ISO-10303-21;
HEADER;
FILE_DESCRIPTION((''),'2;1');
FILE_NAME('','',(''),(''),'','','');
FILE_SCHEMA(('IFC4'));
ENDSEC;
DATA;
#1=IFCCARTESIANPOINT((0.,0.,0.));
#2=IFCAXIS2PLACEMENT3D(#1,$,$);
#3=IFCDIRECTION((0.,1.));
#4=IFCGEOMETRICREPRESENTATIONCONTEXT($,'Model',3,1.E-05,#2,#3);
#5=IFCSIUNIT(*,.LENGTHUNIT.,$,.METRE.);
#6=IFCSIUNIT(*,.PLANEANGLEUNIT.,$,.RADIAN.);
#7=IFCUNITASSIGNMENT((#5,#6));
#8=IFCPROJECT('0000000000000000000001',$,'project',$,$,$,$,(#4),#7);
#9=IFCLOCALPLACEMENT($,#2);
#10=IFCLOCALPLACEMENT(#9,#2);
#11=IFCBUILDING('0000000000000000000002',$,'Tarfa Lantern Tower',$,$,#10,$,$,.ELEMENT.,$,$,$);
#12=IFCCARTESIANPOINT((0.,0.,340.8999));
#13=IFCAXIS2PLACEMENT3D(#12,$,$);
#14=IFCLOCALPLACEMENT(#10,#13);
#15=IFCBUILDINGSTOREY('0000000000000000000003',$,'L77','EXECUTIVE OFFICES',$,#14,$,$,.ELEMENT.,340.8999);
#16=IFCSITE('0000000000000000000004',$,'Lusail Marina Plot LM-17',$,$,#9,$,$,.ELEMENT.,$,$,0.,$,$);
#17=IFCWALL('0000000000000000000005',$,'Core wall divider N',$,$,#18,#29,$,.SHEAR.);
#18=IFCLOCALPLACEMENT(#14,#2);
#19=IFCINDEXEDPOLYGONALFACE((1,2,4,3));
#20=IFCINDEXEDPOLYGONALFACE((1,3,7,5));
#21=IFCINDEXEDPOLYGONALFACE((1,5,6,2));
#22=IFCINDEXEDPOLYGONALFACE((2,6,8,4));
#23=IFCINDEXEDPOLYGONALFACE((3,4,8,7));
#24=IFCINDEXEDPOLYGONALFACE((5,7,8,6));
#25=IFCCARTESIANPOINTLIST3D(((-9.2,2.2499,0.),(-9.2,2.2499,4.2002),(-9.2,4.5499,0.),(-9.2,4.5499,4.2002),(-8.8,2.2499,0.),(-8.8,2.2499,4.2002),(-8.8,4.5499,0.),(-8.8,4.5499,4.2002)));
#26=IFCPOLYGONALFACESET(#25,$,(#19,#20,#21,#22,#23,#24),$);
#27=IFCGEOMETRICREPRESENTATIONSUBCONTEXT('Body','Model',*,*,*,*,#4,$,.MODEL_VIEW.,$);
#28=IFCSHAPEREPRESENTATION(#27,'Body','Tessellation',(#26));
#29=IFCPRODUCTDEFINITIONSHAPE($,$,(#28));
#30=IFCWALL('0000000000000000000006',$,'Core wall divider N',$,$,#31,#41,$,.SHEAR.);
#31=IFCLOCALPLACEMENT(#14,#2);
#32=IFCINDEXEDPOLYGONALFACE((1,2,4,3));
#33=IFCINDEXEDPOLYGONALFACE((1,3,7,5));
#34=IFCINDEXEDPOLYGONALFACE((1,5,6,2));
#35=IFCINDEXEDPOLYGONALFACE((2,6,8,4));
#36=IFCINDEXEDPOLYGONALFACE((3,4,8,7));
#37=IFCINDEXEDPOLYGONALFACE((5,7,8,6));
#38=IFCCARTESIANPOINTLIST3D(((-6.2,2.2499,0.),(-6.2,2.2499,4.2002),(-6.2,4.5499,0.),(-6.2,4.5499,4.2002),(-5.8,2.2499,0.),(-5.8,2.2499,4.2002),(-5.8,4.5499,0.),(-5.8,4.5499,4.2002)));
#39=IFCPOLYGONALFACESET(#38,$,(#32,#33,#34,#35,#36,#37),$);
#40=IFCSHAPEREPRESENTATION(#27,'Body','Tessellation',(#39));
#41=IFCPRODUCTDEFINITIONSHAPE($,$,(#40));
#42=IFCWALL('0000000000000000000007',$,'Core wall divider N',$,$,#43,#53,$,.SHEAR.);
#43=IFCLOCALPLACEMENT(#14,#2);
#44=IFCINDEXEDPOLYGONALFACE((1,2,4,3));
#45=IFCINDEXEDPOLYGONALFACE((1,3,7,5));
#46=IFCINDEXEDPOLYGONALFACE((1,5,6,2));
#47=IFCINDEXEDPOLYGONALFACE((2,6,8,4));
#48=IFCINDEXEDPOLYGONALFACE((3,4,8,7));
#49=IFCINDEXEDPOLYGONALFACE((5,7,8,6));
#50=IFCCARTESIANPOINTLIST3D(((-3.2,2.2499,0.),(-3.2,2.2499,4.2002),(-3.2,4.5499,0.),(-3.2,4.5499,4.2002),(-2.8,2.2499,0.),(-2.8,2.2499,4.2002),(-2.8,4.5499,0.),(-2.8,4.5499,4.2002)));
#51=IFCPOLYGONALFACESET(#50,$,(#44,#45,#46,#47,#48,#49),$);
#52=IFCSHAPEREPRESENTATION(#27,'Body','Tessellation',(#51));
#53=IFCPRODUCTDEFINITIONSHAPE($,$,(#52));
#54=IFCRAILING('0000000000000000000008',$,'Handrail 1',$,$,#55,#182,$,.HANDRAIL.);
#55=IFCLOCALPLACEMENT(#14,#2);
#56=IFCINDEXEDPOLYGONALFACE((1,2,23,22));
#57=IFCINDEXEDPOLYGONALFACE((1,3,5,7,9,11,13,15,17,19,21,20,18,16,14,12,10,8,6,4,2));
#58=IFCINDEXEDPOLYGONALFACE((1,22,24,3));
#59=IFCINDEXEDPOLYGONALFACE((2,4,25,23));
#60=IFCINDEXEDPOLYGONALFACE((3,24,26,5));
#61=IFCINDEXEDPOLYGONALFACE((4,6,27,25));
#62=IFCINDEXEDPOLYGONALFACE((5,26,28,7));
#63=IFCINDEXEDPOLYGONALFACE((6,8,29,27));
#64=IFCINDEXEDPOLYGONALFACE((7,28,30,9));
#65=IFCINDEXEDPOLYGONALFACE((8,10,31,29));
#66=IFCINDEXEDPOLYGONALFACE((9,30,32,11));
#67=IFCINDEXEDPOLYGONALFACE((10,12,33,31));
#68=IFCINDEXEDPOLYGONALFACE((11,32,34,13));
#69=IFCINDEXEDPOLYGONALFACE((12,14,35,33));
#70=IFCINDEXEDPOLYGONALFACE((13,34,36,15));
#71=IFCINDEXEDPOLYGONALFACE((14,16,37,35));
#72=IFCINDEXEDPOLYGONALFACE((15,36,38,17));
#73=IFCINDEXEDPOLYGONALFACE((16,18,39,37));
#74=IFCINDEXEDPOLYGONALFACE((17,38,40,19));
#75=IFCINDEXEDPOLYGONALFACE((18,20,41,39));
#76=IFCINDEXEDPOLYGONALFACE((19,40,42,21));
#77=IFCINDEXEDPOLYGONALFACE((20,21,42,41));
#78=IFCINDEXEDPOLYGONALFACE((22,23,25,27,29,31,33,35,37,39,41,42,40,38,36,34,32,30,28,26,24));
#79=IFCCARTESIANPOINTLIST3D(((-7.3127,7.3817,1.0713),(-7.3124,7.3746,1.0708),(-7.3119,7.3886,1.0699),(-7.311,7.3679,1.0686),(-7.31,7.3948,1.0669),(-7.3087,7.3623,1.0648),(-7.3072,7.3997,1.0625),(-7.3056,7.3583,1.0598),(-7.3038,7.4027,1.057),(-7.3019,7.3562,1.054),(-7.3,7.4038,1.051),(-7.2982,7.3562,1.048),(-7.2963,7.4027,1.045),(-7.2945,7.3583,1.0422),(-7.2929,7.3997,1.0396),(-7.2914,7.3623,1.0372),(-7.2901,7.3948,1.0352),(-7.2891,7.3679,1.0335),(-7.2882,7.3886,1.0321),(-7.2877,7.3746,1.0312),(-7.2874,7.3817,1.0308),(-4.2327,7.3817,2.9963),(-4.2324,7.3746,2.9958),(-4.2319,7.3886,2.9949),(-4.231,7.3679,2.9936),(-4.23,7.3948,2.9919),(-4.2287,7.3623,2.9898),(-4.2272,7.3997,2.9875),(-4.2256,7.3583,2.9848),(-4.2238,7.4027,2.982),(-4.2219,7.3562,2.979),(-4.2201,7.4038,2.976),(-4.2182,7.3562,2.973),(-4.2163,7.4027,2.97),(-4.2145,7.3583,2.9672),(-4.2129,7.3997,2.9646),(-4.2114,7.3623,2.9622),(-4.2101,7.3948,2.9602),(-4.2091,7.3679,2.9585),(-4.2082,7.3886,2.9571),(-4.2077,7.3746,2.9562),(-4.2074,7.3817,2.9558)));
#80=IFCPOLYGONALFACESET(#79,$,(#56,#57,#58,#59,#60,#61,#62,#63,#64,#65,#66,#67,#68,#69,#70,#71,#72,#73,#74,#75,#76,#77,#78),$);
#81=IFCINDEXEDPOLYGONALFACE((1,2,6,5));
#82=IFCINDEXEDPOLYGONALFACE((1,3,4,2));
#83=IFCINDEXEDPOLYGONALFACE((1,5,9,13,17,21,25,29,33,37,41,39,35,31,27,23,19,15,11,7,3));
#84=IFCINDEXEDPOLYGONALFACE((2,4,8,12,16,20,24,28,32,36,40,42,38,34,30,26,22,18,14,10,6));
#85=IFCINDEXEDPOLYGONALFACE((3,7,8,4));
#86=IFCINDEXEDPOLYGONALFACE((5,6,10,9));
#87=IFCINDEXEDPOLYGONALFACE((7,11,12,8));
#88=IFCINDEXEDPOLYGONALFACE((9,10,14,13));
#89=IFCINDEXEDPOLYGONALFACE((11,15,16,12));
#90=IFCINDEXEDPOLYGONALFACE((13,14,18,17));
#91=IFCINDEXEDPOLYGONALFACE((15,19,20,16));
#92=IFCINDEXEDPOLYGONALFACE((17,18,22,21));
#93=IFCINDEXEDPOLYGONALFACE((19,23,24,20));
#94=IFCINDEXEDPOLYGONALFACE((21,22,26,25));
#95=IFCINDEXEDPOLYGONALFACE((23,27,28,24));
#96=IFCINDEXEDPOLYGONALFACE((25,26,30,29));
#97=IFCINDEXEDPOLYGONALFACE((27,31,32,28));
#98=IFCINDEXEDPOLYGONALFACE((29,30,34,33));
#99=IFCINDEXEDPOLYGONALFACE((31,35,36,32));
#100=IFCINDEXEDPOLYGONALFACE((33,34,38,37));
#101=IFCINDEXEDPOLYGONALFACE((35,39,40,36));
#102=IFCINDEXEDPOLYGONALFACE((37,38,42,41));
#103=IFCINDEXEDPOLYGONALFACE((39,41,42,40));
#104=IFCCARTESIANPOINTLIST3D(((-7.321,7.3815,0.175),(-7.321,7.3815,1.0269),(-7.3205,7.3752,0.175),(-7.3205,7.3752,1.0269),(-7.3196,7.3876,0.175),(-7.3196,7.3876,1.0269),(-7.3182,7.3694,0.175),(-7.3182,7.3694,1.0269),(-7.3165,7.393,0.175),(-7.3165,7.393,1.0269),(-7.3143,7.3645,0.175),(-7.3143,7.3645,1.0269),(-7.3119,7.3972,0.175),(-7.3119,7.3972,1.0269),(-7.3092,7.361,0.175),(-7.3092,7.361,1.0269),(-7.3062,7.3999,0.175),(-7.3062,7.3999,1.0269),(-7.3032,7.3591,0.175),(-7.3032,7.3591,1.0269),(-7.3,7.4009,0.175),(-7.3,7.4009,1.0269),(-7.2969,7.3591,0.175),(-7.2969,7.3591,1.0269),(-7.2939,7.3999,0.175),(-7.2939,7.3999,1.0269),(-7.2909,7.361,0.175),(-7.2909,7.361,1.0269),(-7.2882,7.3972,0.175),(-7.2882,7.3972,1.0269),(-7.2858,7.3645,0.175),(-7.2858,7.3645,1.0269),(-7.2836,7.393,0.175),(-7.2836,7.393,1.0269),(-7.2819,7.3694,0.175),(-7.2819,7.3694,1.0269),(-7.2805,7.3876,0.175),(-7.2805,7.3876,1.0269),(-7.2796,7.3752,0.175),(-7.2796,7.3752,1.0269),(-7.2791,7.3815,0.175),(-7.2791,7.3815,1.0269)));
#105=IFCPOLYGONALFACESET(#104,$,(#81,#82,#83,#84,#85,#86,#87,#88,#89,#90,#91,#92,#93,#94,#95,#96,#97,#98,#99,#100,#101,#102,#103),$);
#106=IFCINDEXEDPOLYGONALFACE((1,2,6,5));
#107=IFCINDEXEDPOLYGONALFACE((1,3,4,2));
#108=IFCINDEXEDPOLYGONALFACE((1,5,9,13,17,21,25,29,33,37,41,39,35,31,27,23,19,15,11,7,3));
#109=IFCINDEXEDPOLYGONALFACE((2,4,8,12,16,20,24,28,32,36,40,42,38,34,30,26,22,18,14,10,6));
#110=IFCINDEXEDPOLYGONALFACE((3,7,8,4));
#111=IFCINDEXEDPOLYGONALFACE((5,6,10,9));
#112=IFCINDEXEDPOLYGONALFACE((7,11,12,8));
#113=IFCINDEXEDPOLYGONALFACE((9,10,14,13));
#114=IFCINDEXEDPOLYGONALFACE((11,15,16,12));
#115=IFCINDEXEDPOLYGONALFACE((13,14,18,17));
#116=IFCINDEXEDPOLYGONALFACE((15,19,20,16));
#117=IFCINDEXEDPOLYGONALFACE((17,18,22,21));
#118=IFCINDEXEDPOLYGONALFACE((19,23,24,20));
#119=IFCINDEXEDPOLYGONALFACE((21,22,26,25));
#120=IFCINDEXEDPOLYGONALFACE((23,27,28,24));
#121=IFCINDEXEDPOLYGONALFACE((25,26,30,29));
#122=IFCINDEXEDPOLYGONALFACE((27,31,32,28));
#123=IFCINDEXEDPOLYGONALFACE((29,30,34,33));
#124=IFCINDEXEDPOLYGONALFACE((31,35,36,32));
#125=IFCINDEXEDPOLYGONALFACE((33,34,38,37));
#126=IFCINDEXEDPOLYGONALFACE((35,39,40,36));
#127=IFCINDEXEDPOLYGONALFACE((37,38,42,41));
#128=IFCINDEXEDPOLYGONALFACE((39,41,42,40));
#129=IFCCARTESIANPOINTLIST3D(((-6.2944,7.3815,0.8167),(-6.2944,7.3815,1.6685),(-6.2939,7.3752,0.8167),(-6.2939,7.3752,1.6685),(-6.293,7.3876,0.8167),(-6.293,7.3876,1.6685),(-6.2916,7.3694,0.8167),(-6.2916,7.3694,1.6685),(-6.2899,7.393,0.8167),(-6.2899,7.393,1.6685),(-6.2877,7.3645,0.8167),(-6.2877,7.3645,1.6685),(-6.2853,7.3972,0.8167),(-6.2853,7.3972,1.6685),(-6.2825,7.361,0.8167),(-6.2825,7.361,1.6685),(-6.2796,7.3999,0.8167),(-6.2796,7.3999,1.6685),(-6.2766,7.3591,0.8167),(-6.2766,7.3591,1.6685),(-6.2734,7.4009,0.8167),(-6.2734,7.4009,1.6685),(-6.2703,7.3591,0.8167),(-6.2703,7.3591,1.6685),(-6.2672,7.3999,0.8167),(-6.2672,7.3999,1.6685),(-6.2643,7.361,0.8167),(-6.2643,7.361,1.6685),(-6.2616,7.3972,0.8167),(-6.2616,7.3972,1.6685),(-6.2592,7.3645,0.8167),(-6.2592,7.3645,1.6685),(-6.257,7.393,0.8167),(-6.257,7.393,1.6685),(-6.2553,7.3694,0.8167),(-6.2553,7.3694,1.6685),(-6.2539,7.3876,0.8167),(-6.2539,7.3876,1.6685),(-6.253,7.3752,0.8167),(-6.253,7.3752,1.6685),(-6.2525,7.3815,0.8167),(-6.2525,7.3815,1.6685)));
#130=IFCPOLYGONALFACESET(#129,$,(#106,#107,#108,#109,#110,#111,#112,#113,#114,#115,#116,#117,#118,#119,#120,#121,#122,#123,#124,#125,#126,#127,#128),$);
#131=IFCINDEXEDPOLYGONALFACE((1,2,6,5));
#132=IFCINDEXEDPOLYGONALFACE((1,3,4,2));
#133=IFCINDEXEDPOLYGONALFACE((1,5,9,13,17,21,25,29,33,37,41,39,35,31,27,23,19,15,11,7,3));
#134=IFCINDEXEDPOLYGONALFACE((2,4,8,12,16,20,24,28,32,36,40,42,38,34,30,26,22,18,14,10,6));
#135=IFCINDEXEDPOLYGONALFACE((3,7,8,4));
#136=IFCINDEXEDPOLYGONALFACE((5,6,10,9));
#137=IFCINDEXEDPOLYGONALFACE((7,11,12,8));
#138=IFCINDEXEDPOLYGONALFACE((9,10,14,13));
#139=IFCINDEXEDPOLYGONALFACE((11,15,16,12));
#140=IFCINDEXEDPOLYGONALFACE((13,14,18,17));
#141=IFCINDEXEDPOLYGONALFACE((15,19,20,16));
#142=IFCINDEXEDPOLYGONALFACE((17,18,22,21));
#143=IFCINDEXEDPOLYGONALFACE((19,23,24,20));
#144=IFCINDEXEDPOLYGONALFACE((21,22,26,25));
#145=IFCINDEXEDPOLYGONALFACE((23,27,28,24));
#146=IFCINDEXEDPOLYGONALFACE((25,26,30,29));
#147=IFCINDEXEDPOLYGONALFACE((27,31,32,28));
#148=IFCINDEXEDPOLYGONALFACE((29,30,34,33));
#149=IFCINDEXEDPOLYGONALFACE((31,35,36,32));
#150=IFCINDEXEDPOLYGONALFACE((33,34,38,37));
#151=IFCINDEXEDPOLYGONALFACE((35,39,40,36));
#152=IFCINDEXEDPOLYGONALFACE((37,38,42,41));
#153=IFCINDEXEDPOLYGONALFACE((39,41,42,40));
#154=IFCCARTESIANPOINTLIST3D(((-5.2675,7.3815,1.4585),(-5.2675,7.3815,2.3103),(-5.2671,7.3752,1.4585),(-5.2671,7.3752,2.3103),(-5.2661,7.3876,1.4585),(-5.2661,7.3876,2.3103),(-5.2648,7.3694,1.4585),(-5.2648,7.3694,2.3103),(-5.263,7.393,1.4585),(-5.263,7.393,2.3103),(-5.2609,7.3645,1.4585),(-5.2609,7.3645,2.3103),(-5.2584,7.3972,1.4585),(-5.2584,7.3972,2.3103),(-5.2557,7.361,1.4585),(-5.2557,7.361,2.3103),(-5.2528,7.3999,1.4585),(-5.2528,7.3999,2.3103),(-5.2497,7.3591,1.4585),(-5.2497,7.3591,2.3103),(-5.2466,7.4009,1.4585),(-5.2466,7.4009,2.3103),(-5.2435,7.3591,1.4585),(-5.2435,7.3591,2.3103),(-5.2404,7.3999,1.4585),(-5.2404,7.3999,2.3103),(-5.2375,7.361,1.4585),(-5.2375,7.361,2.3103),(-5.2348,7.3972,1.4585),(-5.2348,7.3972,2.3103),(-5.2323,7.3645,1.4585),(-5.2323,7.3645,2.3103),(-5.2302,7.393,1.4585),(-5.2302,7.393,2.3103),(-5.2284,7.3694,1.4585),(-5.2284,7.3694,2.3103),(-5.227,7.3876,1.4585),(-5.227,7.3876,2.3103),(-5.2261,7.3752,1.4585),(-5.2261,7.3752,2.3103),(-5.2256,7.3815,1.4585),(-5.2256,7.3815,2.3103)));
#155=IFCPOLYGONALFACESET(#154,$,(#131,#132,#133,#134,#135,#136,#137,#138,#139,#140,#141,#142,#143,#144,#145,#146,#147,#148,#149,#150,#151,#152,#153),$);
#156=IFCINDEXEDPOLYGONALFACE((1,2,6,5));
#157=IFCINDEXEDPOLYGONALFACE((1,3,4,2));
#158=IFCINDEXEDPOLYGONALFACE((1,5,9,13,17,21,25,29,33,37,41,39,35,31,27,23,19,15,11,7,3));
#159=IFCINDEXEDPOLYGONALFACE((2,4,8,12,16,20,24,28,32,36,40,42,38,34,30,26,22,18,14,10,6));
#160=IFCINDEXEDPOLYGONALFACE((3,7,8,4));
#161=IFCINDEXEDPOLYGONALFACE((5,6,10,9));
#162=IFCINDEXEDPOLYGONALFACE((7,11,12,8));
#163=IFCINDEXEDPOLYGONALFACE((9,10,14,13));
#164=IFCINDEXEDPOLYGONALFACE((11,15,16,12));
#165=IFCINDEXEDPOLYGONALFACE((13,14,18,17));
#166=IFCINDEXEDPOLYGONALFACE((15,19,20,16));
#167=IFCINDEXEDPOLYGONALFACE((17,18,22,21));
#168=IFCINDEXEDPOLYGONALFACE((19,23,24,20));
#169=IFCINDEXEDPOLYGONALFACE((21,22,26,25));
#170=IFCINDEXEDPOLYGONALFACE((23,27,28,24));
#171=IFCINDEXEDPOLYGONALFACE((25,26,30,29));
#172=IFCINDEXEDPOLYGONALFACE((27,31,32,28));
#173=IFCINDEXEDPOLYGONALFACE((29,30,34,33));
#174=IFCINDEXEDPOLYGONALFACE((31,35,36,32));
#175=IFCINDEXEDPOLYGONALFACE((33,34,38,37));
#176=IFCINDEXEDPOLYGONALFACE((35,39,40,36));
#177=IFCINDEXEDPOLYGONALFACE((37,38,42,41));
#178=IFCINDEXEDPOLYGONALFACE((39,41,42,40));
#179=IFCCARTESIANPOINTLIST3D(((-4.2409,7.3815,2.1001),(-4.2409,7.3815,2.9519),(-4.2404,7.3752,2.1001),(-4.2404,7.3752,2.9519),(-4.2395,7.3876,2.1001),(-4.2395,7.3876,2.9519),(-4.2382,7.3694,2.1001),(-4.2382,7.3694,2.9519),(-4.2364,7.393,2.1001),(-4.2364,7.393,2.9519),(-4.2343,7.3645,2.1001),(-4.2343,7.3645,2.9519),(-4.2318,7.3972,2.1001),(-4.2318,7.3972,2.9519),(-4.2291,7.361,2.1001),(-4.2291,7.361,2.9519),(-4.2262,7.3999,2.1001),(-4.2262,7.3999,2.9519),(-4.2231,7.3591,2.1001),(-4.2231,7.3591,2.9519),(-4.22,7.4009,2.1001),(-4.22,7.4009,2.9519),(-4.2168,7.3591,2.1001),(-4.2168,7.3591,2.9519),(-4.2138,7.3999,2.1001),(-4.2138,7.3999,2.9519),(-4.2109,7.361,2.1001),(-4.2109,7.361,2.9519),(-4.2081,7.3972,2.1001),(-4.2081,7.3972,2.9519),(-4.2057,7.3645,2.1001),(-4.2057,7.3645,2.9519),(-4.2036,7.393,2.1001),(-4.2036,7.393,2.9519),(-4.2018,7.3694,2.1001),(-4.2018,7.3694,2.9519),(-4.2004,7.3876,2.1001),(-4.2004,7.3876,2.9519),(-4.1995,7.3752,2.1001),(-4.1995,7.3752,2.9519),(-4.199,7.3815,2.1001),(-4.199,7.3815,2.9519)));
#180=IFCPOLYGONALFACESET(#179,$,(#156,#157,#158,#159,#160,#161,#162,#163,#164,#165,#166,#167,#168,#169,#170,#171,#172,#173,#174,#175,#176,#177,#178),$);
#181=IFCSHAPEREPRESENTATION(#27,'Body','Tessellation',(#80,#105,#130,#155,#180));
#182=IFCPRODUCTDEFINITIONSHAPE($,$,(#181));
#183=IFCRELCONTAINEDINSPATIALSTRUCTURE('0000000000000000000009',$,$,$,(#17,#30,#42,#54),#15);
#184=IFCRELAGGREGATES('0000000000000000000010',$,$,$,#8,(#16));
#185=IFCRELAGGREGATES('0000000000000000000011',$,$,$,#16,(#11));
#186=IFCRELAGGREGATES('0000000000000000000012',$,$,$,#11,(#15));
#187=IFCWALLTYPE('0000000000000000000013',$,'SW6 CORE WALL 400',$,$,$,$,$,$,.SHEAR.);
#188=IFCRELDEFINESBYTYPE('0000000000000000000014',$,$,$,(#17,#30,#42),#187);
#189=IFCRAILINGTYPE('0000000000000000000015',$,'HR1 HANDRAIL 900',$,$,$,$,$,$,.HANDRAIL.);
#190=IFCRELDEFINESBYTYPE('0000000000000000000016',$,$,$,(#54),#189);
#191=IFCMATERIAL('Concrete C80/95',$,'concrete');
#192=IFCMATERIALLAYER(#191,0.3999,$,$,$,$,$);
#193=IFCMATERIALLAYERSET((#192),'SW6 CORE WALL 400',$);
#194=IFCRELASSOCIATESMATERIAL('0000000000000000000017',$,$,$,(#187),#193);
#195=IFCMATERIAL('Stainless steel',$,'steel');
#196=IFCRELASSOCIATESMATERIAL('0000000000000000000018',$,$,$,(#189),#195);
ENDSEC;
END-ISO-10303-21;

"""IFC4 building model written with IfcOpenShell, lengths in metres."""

from ifc_helpers import new_model, si_unit, direction, frame, frame_2d, origin, origin_2d, place, context, subcontext, project, spatial, rectangle, circle, extrude, material, layer, layer_set, type_object, element, save


model = new_model("IFC4")

# Units and contexts
model_context = context("Model", 3, precision=1e-05, world=origin(), true_north=direction((0.0, 1.0)))
body_context = subcontext(model_context, "Body", "Model", "MODEL_VIEW")
ifc_project = project(units=[si_unit("LENGTHUNIT", "METRE"), si_unit("PLANEANGLEUNIT", "RADIAN")], contexts=[model_context])

# Site, building, storey
site_placement = place(None, origin())
site = spatial("IfcSite", under=ifc_project, at=site_placement, Name="Lusail Marina Plot LM-17", CompositionType="ELEMENT", RefElevation=0.0)
building_placement = place(site_placement, origin())
building = spatial("IfcBuilding", under=site, at=building_placement, Name="Tarfa Lantern Tower", CompositionType="ELEMENT")
storey_placement = place(building_placement, frame((0.0, 0.0, 340.8999)))
storey = spatial("IfcBuildingStorey", under=building, at=storey_placement, Name="L77", Description="EXECUTIVE OFFICES", CompositionType="ELEMENT", Elevation=340.8999)

# Shared definitions
ifc_material_1 = material(Name="Concrete C80/95", Category="concrete")

# Walls
ifc_layer_1 = layer(ifc_material_1, 0.3999)
ifc_layer_set_1 = layer_set([ifc_layer_1], Name="SW6 CORE WALL 400")
wall_type_1 = type_object("IfcWallType", Name="SW6 CORE WALL 400", PredefinedType="SHEAR", material=ifc_layer_set_1)
for number, where, z_axis, x_axis, name in (
    (1, (-9.0, 2.25, 0.0), (0.0, 0.0, 1.0), (0.0, 1.0, 0.0), "Core wall divider N"),
    (2, (-6.0, 2.25, 0.0), (0.0, 0.0, 1.0), (0.0, 1.0, 0.0), "Core wall divider N"),
    (3, (-3.0, 2.25, 0.0), (0.0, 0.0, 1.0), (0.0, 1.0, 0.0), "Core wall divider N"),
):
    element("IfcWall", number, at=place(storey_placement, frame(where, z_axis=z_axis, x_axis=x_axis)), inside=storey, type_object=wall_type_1, Name=name, PredefinedType="SHEAR", context=body_context, shape_type="SweptSolid", body=[
        extrude(rectangle(XDim=2.3, YDim=0.3999, at=frame_2d((1.1499, 0.0))), origin(), (0.0, 0.0, 1.0), 4.2002),
    ])

# Railing
ifc_material_2 = material(Name="Stainless steel", Category="steel")
railing_type = type_object("IfcRailingType", Name="HR1 HANDRAIL 900", PredefinedType="HANDRAIL", material=ifc_material_2)
railing_placement = place(storey_placement, frame((-7.3, 7.3799, 0.175)))
element("IfcRailing", 4, at=railing_placement, inside=storey, type_object=railing_type, Name="Handrail 1", PredefinedType="HANDRAIL", context=body_context, shape_type="SweptSolid", body=[
    extrude(circle(Radius=0.0239, at=origin_2d()), frame((0.0, 0.0, 0.876), z_axis=(0.847998, 0.0, 0.529999), x_axis=(0.0, 1.0, 0.0)), (0.0, 0.0, 1.0), 3.6321),
    extrude(circle(Radius=0.021, at=origin_2d()), frame((0.0, 0.0, 0.0), z_axis=(0.0, 0.0, 1.0), x_axis=(0.0, 1.0, 0.0)), (0.0, 0.0, 1.0), 0.8518),
    extrude(circle(Radius=0.021, at=origin_2d()), frame((1.0266, 0.0, 0.6416), z_axis=(0.0, 0.0, 1.0), x_axis=(0.0, 1.0, 0.0)), (0.0, 0.0, 1.0), 0.8518),
    extrude(circle(Radius=0.021, at=origin_2d()), frame((2.0535, 0.0, 1.2834), z_axis=(0.0, 0.0, 1.0), x_axis=(0.0, 1.0, 0.0)), (0.0, 0.0, 1.0), 0.8518),
    extrude(circle(Radius=0.021, at=origin_2d()), frame((3.0801, 0.0, 1.925), z_axis=(0.0, 0.0, 1.0), x_axis=(0.0, 1.0, 0.0)), (0.0, 0.0, 1.0), 0.8518),
])

save(model, "model.ifc")
